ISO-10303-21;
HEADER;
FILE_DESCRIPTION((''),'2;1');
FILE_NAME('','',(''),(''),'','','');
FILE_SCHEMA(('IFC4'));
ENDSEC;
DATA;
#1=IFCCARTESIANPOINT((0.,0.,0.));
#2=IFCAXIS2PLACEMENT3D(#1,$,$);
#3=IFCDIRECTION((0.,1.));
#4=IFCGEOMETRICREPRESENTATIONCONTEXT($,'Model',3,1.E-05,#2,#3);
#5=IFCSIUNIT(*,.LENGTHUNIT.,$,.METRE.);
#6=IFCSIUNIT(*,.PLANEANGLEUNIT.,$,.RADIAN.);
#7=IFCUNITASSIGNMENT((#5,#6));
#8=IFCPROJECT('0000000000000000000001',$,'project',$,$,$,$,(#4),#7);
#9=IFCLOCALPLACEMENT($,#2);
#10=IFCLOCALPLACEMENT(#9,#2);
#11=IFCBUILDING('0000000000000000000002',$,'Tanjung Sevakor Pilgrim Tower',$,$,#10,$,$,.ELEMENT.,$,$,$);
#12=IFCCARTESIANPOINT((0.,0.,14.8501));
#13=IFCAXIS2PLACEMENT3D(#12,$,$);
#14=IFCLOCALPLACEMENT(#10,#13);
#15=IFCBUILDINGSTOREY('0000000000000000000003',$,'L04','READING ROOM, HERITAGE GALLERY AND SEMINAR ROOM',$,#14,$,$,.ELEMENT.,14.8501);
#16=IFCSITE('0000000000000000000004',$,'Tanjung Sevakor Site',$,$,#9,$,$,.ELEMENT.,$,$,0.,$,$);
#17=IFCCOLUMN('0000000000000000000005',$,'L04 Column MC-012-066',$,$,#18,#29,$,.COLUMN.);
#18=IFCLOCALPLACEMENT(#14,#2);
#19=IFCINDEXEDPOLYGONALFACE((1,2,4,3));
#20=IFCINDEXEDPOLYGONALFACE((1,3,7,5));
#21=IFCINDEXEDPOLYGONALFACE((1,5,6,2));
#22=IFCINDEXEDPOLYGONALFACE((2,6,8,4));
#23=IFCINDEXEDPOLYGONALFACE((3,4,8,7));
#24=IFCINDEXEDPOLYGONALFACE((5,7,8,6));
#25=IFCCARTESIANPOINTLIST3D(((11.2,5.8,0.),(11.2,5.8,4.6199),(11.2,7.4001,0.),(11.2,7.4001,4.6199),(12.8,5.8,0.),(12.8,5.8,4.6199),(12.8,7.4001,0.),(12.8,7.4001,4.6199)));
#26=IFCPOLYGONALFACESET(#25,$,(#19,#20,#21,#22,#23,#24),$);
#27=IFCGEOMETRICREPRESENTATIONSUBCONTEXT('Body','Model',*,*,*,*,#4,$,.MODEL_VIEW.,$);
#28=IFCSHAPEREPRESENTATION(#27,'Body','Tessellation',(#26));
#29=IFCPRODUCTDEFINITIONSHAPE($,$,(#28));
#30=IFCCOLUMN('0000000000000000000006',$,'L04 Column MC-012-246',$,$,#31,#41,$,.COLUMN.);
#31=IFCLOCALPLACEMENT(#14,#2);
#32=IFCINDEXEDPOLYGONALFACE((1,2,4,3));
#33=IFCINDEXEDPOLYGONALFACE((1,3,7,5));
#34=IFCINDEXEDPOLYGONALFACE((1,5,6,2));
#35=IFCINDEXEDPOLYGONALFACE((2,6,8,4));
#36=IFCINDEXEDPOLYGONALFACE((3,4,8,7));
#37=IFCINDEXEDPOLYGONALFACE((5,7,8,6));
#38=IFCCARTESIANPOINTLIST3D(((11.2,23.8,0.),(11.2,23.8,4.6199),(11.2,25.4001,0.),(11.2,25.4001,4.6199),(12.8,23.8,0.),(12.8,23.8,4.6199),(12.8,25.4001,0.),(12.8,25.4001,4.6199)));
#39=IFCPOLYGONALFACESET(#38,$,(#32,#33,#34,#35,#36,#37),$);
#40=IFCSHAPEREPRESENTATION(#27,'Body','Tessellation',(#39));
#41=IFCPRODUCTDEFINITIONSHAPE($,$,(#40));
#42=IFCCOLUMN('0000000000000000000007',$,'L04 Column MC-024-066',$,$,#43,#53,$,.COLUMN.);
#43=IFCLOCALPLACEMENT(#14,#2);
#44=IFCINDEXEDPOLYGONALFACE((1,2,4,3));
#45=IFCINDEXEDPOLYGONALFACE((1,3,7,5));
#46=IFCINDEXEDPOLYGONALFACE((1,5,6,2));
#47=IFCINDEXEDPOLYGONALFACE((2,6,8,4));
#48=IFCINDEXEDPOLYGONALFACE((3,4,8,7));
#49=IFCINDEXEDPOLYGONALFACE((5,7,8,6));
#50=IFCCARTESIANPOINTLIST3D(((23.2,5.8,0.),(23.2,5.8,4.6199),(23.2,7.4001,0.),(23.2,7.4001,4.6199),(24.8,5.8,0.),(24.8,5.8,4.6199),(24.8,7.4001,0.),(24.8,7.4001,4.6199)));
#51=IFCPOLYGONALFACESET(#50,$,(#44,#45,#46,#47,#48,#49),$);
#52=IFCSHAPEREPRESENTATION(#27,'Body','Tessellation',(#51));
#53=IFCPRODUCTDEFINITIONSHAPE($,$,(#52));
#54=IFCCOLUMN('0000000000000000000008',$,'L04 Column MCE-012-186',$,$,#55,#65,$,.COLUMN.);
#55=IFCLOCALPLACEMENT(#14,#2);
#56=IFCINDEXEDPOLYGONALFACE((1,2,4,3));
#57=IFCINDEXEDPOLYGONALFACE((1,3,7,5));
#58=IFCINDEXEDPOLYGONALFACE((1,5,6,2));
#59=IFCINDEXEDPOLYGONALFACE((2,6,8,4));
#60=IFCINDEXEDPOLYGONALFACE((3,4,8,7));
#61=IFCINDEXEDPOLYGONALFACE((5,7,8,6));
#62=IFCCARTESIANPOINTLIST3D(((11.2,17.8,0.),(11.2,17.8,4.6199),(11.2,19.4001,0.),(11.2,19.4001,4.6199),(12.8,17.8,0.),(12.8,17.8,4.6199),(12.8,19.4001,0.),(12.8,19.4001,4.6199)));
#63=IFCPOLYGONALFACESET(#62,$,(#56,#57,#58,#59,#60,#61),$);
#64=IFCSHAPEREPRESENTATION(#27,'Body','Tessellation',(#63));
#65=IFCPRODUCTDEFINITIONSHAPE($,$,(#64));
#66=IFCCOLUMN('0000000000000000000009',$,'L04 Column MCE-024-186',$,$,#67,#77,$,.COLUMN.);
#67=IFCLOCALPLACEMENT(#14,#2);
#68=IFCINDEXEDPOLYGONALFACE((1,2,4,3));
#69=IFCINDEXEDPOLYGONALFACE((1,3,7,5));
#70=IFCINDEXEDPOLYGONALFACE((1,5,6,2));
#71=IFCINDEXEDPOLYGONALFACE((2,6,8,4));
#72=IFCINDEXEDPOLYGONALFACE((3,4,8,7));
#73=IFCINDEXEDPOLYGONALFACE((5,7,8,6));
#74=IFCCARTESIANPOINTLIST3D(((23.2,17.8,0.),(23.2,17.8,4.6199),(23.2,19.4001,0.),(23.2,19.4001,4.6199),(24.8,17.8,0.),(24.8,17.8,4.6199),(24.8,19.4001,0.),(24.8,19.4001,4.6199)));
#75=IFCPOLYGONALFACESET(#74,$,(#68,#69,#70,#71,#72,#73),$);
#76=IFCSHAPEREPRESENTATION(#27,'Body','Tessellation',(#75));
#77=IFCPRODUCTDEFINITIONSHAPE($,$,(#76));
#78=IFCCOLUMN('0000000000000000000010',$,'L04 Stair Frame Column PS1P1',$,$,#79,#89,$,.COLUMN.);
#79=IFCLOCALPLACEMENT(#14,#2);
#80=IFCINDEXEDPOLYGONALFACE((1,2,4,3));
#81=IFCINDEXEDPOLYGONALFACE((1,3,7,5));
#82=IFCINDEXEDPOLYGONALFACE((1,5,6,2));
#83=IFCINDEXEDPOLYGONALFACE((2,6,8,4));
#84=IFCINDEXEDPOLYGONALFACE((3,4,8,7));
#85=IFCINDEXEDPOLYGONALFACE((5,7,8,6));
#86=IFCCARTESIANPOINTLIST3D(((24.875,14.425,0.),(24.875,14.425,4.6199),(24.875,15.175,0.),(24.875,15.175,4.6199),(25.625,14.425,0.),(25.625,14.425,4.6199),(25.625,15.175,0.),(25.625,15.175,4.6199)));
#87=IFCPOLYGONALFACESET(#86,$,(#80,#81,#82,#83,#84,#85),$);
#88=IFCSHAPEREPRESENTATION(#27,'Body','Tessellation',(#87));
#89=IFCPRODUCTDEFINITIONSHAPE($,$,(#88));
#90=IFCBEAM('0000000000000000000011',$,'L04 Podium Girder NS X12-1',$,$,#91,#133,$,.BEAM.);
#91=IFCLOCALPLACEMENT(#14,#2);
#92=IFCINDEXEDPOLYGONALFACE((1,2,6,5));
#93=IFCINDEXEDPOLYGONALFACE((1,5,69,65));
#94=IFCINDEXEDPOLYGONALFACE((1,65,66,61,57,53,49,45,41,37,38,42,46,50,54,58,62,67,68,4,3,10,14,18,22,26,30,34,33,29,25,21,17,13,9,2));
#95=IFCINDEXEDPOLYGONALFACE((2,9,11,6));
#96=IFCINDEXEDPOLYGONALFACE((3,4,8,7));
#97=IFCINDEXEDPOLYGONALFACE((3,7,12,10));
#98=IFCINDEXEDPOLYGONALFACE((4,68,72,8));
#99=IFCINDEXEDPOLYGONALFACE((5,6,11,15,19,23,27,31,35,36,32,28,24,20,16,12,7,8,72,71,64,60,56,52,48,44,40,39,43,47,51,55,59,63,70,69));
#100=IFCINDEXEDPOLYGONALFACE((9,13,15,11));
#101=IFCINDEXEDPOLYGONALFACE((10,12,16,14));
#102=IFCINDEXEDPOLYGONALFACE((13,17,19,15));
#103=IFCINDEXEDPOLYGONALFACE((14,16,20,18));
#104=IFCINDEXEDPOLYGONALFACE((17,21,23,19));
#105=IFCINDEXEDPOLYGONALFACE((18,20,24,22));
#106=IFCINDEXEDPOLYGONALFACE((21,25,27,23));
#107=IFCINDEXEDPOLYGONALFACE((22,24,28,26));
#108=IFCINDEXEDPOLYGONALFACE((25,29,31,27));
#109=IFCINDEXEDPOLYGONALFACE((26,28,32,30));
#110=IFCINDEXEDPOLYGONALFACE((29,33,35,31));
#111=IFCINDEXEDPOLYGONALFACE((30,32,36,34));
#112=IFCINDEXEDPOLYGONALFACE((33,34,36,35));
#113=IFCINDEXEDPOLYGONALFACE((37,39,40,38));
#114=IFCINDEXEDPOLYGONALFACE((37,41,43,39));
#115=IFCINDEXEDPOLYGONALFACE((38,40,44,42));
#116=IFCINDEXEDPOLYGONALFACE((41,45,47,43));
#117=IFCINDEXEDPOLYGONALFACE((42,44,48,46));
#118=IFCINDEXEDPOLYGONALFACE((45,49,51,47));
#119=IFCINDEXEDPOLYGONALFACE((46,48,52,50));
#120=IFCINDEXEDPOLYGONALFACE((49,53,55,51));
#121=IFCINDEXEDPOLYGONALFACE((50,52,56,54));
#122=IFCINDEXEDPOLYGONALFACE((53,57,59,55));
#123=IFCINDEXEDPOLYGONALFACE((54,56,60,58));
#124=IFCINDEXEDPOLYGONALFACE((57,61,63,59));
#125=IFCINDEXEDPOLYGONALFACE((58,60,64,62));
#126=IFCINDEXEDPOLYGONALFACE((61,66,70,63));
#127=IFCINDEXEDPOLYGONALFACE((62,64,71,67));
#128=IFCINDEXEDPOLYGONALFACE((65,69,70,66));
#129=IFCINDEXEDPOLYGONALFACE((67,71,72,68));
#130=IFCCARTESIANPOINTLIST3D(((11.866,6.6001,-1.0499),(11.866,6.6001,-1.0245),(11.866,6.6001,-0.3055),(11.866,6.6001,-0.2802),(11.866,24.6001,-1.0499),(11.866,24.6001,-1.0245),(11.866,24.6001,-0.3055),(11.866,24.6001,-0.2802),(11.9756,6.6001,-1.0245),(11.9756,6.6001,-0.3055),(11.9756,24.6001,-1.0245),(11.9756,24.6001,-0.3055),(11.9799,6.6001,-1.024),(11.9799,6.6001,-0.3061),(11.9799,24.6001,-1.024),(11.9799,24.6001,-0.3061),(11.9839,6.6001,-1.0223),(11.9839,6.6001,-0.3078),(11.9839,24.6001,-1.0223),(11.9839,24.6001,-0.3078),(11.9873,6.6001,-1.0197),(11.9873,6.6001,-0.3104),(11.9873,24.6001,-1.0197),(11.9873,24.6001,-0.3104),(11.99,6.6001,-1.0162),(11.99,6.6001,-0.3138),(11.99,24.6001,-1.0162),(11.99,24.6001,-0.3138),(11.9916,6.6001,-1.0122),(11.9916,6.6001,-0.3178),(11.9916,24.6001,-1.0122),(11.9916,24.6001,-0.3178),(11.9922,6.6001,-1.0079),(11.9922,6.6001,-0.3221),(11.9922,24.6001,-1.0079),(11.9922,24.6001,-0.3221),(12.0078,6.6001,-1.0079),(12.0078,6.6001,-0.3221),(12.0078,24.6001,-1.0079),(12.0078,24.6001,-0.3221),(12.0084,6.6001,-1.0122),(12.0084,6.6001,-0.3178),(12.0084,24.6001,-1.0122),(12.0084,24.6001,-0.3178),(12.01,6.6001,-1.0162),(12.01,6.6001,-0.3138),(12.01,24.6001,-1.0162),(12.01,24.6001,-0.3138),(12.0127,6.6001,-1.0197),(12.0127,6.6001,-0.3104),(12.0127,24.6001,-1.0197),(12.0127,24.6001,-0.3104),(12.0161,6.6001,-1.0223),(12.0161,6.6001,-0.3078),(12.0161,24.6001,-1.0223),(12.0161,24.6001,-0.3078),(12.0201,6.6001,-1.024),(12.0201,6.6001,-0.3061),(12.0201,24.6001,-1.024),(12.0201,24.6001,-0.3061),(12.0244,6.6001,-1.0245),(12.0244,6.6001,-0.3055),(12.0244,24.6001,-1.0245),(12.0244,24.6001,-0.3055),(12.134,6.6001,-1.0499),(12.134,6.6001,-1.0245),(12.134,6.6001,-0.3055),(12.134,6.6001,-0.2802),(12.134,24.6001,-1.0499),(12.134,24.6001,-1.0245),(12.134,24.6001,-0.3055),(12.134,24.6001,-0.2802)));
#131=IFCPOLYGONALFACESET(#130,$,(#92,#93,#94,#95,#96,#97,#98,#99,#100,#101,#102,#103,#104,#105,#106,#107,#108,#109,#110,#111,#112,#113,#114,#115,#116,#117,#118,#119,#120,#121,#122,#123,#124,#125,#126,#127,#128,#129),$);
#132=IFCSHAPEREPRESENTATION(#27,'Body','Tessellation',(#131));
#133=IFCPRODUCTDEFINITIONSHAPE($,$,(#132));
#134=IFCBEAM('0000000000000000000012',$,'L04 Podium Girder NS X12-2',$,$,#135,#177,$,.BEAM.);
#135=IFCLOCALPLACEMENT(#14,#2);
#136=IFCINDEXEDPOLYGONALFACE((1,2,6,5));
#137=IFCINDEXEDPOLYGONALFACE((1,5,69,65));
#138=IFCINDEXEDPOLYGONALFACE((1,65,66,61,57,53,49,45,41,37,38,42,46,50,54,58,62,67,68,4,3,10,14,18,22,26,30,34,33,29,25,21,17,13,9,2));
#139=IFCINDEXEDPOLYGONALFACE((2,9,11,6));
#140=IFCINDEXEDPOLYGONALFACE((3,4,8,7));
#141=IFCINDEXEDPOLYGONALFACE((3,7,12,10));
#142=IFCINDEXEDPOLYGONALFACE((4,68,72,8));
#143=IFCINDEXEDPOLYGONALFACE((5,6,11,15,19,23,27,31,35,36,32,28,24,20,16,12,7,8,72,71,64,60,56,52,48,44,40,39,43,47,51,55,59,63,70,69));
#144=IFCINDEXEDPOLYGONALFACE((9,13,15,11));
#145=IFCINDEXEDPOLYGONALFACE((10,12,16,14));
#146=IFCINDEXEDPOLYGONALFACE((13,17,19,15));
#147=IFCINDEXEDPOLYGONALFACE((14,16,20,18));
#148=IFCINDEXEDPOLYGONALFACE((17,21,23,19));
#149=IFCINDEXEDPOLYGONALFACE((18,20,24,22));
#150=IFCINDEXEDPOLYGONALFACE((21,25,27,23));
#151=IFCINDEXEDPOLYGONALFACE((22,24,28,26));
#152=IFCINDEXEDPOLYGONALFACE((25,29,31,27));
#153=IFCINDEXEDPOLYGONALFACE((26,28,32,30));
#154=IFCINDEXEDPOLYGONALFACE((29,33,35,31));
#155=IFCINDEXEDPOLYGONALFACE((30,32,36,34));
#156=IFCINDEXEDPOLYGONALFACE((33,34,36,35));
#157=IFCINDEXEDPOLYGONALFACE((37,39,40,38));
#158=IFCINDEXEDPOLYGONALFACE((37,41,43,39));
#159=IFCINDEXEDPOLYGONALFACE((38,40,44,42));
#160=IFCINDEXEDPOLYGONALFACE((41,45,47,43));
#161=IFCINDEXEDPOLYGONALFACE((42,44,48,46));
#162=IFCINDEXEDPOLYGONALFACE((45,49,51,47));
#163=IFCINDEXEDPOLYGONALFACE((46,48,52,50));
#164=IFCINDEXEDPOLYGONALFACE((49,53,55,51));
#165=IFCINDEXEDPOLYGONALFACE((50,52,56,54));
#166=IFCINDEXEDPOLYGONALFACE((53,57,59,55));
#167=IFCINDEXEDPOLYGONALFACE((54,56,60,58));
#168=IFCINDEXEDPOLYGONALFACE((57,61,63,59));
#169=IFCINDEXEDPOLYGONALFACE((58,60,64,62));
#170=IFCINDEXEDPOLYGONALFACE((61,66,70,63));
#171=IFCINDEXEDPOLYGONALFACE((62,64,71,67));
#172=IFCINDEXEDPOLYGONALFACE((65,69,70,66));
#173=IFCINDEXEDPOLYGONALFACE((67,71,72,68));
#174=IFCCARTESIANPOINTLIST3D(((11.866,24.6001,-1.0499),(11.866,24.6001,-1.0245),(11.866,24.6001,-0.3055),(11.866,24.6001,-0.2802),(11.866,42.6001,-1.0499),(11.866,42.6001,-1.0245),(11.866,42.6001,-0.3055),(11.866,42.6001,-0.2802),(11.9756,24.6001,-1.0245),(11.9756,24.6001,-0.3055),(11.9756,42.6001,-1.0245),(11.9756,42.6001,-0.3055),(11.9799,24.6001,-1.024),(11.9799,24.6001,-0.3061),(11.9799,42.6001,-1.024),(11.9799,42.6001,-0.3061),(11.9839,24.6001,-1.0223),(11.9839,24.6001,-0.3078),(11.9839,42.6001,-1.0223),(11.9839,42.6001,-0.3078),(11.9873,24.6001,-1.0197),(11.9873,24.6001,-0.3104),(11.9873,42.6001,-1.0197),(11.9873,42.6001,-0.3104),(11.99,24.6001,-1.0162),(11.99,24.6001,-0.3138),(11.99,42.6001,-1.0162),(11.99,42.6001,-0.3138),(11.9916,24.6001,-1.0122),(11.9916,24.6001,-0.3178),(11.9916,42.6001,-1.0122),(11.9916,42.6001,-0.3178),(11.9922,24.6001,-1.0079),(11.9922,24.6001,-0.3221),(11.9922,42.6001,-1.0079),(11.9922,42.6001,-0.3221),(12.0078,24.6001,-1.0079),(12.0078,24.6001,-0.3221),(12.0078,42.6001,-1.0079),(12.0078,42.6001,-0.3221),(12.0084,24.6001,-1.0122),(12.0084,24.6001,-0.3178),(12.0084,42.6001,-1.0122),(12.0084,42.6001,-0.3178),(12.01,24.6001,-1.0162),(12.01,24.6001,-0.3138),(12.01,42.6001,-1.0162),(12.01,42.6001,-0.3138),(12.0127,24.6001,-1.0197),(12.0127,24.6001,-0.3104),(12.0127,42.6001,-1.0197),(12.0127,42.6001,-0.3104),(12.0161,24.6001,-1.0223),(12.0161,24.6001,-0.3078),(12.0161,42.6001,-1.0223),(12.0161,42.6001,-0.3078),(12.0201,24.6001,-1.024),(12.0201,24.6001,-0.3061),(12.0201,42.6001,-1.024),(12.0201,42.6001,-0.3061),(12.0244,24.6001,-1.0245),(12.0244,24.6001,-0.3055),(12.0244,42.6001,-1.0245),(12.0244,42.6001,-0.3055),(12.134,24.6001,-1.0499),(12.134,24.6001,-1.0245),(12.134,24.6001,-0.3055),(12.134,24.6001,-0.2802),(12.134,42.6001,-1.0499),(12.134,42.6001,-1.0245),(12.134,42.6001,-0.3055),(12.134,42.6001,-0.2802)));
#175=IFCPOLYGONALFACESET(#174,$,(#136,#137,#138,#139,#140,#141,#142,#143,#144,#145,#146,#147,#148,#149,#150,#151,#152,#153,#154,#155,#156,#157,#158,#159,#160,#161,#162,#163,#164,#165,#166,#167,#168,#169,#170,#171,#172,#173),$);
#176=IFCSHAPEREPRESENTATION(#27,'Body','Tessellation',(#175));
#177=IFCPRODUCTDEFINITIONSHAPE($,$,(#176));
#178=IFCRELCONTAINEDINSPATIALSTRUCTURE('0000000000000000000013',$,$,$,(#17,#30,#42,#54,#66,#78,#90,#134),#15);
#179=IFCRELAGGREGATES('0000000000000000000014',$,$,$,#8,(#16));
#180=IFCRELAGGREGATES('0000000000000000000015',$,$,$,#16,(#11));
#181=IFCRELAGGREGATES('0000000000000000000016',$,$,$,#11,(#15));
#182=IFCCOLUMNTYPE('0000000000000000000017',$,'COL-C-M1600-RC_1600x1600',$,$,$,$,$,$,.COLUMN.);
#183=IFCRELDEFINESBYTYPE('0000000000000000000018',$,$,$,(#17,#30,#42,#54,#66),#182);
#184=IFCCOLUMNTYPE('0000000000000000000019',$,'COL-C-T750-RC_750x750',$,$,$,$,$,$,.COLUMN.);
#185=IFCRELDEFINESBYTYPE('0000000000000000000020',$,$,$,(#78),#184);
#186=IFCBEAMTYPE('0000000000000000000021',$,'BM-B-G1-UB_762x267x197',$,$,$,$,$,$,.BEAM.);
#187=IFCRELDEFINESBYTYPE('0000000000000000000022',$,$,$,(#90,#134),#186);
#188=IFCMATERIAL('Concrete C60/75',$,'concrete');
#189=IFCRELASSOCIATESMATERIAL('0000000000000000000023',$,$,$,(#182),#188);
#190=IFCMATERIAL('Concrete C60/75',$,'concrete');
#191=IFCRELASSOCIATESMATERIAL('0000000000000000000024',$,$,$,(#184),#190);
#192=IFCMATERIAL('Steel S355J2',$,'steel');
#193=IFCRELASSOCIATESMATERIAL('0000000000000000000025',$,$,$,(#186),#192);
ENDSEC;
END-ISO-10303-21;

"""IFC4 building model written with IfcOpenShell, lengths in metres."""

from ifc_helpers import new_model, si_unit, direction, frame, origin, origin_2d, place, context, subcontext, project, spatial, rectangle, i_section, extrude, material, material_profile, profile_set, type_object, element, save


model = new_model("IFC4")

# Units and contexts
model_context = context("Model", 3, precision=1e-05, world=origin(), true_north=direction((0.0, 1.0)))
body_context = subcontext(model_context, "Body", "Model", "MODEL_VIEW")
ifc_project = project(units=[si_unit("LENGTHUNIT", "METRE"), si_unit("PLANEANGLEUNIT", "RADIAN")], contexts=[model_context])

# Site, building, storey
site_placement = place(None, origin())
site = spatial("IfcSite", under=ifc_project, at=site_placement, Name="Tanjung Sevakor Site", CompositionType="ELEMENT", RefElevation=0.0)
building_placement = place(site_placement, origin())
building = spatial("IfcBuilding", under=site, at=building_placement, Name="Tanjung Sevakor Pilgrim Tower", CompositionType="ELEMENT")
storey_placement = place(building_placement, frame((0.0, 0.0, 14.8501)))
storey = spatial("IfcBuildingStorey", under=building, at=storey_placement, Name="L04", Description="READING ROOM, HERITAGE GALLERY AND SEMINAR ROOM", CompositionType="ELEMENT", Elevation=14.8501)

# Columns
ifc_material_1 = material(Name="Concrete C60/75", Category="concrete")
ifc_material_profile_1 = material_profile(ifc_material_1, rectangle(XDim=1.6001, YDim=1.6001, at=origin_2d()))
ifc_profile_set_1 = profile_set([ifc_material_profile_1], Name="Concrete C60/75")
column_type_1 = type_object("IfcColumnType", Name="COL-C-M1600-RC_1600x1600", PredefinedType="COLUMN", material=ifc_profile_set_1)
for number, where, z_axis, x_axis, name in (
    (1, (12.0, 6.6001, 0.0), (0.0, 0.0, 1.0), (1.0, 0.0, 0.0), "L04 Column MC-012-066"),
    (2, (12.0, 24.6001, 0.0), (0.0, 0.0, 1.0), (1.0, 0.0, 0.0), "L04 Column MC-012-246"),
    (3, (24.0, 6.6001, 0.0), (0.0, 0.0, 1.0), (1.0, 0.0, 0.0), "L04 Column MC-024-066"),
    (4, (12.0, 18.6001, 0.0), (0.0, 0.0, 1.0), (1.0, 0.0, 0.0), "L04 Column MCE-012-186"),
    (5, (24.0, 18.6001, 0.0), (0.0, 0.0, 1.0), (1.0, 0.0, 0.0), "L04 Column MCE-024-186"),
):
    element("IfcColumn", number, at=place(storey_placement, frame(where, z_axis=z_axis, x_axis=x_axis)), inside=storey, type_object=column_type_1, Name=name, PredefinedType="COLUMN", context=body_context, shape_type="SweptSolid", body=[
        extrude(rectangle(XDim=1.6001, YDim=1.6001, at=origin_2d()), origin(), (0.0, 0.0, 1.0), 4.6199),
    ])
ifc_material_2 = material(Name="Concrete C60/75", Category="concrete")
ifc_material_profile_2 = material_profile(ifc_material_2, rectangle(XDim=0.75, YDim=0.75, at=origin_2d()))
ifc_profile_set_2 = profile_set([ifc_material_profile_2], Name="Concrete C60/75")
column_type_2 = type_object("IfcColumnType", Name="COL-C-T750-RC_750x750", PredefinedType="COLUMN", material=ifc_profile_set_2)
column_placement = place(storey_placement, frame((25.25, 14.8, 0.0), z_axis=(0.0, 0.0, 1.0), x_axis=(1.0, 0.0, 0.0)))
element("IfcColumn", 6, at=column_placement, inside=storey, type_object=column_type_2, Name="L04 Stair Frame Column PS1P1", PredefinedType="COLUMN", context=body_context, shape_type="SweptSolid", body=[
    extrude(rectangle(XDim=0.75, YDim=0.75, at=origin_2d()), origin(), (0.0, 0.0, 1.0), 4.6199),
])

# Beams
ifc_material_3 = material(Name="Steel S355J2", Category="steel")
ifc_material_profile_3 = material_profile(ifc_material_3, i_section(OverallWidth=0.2681, OverallDepth=0.7698, WebThickness=0.0156, FlangeThickness=0.0254, FilletRadius=0.0166, at=origin_2d()))
ifc_profile_set_3 = profile_set([ifc_material_profile_3], Name="Steel S355J2")
beam_type_1 = type_object("IfcBeamType", Name="BM-B-G1-UB_762x267x197", PredefinedType="BEAM", material=ifc_profile_set_3)
for number, where, z_axis, x_axis, name in (
    (7, (12.0, 6.6001, -0.665), (0.0, 1.0, 0.0), (-1.0, 0.0, 0.0), "L04 Podium Girder NS X12-1"),
    (8, (12.0, 24.6001, -0.665), (0.0, 1.0, 0.0), (-1.0, 0.0, 0.0), "L04 Podium Girder NS X12-2"),
):
    element("IfcBeam", number, at=place(storey_placement, frame(where, z_axis=z_axis, x_axis=x_axis)), inside=storey, type_object=beam_type_1, Name=name, PredefinedType="BEAM", context=body_context, shape_type="SweptSolid", body=[
        extrude(i_section(OverallWidth=0.2681, OverallDepth=0.7698, WebThickness=0.0156, FlangeThickness=0.0254, FilletRadius=0.0166, at=origin_2d()), origin(), (0.0, 0.0, 1.0), 18.0),
    ])

save(model, "model.ifc")
